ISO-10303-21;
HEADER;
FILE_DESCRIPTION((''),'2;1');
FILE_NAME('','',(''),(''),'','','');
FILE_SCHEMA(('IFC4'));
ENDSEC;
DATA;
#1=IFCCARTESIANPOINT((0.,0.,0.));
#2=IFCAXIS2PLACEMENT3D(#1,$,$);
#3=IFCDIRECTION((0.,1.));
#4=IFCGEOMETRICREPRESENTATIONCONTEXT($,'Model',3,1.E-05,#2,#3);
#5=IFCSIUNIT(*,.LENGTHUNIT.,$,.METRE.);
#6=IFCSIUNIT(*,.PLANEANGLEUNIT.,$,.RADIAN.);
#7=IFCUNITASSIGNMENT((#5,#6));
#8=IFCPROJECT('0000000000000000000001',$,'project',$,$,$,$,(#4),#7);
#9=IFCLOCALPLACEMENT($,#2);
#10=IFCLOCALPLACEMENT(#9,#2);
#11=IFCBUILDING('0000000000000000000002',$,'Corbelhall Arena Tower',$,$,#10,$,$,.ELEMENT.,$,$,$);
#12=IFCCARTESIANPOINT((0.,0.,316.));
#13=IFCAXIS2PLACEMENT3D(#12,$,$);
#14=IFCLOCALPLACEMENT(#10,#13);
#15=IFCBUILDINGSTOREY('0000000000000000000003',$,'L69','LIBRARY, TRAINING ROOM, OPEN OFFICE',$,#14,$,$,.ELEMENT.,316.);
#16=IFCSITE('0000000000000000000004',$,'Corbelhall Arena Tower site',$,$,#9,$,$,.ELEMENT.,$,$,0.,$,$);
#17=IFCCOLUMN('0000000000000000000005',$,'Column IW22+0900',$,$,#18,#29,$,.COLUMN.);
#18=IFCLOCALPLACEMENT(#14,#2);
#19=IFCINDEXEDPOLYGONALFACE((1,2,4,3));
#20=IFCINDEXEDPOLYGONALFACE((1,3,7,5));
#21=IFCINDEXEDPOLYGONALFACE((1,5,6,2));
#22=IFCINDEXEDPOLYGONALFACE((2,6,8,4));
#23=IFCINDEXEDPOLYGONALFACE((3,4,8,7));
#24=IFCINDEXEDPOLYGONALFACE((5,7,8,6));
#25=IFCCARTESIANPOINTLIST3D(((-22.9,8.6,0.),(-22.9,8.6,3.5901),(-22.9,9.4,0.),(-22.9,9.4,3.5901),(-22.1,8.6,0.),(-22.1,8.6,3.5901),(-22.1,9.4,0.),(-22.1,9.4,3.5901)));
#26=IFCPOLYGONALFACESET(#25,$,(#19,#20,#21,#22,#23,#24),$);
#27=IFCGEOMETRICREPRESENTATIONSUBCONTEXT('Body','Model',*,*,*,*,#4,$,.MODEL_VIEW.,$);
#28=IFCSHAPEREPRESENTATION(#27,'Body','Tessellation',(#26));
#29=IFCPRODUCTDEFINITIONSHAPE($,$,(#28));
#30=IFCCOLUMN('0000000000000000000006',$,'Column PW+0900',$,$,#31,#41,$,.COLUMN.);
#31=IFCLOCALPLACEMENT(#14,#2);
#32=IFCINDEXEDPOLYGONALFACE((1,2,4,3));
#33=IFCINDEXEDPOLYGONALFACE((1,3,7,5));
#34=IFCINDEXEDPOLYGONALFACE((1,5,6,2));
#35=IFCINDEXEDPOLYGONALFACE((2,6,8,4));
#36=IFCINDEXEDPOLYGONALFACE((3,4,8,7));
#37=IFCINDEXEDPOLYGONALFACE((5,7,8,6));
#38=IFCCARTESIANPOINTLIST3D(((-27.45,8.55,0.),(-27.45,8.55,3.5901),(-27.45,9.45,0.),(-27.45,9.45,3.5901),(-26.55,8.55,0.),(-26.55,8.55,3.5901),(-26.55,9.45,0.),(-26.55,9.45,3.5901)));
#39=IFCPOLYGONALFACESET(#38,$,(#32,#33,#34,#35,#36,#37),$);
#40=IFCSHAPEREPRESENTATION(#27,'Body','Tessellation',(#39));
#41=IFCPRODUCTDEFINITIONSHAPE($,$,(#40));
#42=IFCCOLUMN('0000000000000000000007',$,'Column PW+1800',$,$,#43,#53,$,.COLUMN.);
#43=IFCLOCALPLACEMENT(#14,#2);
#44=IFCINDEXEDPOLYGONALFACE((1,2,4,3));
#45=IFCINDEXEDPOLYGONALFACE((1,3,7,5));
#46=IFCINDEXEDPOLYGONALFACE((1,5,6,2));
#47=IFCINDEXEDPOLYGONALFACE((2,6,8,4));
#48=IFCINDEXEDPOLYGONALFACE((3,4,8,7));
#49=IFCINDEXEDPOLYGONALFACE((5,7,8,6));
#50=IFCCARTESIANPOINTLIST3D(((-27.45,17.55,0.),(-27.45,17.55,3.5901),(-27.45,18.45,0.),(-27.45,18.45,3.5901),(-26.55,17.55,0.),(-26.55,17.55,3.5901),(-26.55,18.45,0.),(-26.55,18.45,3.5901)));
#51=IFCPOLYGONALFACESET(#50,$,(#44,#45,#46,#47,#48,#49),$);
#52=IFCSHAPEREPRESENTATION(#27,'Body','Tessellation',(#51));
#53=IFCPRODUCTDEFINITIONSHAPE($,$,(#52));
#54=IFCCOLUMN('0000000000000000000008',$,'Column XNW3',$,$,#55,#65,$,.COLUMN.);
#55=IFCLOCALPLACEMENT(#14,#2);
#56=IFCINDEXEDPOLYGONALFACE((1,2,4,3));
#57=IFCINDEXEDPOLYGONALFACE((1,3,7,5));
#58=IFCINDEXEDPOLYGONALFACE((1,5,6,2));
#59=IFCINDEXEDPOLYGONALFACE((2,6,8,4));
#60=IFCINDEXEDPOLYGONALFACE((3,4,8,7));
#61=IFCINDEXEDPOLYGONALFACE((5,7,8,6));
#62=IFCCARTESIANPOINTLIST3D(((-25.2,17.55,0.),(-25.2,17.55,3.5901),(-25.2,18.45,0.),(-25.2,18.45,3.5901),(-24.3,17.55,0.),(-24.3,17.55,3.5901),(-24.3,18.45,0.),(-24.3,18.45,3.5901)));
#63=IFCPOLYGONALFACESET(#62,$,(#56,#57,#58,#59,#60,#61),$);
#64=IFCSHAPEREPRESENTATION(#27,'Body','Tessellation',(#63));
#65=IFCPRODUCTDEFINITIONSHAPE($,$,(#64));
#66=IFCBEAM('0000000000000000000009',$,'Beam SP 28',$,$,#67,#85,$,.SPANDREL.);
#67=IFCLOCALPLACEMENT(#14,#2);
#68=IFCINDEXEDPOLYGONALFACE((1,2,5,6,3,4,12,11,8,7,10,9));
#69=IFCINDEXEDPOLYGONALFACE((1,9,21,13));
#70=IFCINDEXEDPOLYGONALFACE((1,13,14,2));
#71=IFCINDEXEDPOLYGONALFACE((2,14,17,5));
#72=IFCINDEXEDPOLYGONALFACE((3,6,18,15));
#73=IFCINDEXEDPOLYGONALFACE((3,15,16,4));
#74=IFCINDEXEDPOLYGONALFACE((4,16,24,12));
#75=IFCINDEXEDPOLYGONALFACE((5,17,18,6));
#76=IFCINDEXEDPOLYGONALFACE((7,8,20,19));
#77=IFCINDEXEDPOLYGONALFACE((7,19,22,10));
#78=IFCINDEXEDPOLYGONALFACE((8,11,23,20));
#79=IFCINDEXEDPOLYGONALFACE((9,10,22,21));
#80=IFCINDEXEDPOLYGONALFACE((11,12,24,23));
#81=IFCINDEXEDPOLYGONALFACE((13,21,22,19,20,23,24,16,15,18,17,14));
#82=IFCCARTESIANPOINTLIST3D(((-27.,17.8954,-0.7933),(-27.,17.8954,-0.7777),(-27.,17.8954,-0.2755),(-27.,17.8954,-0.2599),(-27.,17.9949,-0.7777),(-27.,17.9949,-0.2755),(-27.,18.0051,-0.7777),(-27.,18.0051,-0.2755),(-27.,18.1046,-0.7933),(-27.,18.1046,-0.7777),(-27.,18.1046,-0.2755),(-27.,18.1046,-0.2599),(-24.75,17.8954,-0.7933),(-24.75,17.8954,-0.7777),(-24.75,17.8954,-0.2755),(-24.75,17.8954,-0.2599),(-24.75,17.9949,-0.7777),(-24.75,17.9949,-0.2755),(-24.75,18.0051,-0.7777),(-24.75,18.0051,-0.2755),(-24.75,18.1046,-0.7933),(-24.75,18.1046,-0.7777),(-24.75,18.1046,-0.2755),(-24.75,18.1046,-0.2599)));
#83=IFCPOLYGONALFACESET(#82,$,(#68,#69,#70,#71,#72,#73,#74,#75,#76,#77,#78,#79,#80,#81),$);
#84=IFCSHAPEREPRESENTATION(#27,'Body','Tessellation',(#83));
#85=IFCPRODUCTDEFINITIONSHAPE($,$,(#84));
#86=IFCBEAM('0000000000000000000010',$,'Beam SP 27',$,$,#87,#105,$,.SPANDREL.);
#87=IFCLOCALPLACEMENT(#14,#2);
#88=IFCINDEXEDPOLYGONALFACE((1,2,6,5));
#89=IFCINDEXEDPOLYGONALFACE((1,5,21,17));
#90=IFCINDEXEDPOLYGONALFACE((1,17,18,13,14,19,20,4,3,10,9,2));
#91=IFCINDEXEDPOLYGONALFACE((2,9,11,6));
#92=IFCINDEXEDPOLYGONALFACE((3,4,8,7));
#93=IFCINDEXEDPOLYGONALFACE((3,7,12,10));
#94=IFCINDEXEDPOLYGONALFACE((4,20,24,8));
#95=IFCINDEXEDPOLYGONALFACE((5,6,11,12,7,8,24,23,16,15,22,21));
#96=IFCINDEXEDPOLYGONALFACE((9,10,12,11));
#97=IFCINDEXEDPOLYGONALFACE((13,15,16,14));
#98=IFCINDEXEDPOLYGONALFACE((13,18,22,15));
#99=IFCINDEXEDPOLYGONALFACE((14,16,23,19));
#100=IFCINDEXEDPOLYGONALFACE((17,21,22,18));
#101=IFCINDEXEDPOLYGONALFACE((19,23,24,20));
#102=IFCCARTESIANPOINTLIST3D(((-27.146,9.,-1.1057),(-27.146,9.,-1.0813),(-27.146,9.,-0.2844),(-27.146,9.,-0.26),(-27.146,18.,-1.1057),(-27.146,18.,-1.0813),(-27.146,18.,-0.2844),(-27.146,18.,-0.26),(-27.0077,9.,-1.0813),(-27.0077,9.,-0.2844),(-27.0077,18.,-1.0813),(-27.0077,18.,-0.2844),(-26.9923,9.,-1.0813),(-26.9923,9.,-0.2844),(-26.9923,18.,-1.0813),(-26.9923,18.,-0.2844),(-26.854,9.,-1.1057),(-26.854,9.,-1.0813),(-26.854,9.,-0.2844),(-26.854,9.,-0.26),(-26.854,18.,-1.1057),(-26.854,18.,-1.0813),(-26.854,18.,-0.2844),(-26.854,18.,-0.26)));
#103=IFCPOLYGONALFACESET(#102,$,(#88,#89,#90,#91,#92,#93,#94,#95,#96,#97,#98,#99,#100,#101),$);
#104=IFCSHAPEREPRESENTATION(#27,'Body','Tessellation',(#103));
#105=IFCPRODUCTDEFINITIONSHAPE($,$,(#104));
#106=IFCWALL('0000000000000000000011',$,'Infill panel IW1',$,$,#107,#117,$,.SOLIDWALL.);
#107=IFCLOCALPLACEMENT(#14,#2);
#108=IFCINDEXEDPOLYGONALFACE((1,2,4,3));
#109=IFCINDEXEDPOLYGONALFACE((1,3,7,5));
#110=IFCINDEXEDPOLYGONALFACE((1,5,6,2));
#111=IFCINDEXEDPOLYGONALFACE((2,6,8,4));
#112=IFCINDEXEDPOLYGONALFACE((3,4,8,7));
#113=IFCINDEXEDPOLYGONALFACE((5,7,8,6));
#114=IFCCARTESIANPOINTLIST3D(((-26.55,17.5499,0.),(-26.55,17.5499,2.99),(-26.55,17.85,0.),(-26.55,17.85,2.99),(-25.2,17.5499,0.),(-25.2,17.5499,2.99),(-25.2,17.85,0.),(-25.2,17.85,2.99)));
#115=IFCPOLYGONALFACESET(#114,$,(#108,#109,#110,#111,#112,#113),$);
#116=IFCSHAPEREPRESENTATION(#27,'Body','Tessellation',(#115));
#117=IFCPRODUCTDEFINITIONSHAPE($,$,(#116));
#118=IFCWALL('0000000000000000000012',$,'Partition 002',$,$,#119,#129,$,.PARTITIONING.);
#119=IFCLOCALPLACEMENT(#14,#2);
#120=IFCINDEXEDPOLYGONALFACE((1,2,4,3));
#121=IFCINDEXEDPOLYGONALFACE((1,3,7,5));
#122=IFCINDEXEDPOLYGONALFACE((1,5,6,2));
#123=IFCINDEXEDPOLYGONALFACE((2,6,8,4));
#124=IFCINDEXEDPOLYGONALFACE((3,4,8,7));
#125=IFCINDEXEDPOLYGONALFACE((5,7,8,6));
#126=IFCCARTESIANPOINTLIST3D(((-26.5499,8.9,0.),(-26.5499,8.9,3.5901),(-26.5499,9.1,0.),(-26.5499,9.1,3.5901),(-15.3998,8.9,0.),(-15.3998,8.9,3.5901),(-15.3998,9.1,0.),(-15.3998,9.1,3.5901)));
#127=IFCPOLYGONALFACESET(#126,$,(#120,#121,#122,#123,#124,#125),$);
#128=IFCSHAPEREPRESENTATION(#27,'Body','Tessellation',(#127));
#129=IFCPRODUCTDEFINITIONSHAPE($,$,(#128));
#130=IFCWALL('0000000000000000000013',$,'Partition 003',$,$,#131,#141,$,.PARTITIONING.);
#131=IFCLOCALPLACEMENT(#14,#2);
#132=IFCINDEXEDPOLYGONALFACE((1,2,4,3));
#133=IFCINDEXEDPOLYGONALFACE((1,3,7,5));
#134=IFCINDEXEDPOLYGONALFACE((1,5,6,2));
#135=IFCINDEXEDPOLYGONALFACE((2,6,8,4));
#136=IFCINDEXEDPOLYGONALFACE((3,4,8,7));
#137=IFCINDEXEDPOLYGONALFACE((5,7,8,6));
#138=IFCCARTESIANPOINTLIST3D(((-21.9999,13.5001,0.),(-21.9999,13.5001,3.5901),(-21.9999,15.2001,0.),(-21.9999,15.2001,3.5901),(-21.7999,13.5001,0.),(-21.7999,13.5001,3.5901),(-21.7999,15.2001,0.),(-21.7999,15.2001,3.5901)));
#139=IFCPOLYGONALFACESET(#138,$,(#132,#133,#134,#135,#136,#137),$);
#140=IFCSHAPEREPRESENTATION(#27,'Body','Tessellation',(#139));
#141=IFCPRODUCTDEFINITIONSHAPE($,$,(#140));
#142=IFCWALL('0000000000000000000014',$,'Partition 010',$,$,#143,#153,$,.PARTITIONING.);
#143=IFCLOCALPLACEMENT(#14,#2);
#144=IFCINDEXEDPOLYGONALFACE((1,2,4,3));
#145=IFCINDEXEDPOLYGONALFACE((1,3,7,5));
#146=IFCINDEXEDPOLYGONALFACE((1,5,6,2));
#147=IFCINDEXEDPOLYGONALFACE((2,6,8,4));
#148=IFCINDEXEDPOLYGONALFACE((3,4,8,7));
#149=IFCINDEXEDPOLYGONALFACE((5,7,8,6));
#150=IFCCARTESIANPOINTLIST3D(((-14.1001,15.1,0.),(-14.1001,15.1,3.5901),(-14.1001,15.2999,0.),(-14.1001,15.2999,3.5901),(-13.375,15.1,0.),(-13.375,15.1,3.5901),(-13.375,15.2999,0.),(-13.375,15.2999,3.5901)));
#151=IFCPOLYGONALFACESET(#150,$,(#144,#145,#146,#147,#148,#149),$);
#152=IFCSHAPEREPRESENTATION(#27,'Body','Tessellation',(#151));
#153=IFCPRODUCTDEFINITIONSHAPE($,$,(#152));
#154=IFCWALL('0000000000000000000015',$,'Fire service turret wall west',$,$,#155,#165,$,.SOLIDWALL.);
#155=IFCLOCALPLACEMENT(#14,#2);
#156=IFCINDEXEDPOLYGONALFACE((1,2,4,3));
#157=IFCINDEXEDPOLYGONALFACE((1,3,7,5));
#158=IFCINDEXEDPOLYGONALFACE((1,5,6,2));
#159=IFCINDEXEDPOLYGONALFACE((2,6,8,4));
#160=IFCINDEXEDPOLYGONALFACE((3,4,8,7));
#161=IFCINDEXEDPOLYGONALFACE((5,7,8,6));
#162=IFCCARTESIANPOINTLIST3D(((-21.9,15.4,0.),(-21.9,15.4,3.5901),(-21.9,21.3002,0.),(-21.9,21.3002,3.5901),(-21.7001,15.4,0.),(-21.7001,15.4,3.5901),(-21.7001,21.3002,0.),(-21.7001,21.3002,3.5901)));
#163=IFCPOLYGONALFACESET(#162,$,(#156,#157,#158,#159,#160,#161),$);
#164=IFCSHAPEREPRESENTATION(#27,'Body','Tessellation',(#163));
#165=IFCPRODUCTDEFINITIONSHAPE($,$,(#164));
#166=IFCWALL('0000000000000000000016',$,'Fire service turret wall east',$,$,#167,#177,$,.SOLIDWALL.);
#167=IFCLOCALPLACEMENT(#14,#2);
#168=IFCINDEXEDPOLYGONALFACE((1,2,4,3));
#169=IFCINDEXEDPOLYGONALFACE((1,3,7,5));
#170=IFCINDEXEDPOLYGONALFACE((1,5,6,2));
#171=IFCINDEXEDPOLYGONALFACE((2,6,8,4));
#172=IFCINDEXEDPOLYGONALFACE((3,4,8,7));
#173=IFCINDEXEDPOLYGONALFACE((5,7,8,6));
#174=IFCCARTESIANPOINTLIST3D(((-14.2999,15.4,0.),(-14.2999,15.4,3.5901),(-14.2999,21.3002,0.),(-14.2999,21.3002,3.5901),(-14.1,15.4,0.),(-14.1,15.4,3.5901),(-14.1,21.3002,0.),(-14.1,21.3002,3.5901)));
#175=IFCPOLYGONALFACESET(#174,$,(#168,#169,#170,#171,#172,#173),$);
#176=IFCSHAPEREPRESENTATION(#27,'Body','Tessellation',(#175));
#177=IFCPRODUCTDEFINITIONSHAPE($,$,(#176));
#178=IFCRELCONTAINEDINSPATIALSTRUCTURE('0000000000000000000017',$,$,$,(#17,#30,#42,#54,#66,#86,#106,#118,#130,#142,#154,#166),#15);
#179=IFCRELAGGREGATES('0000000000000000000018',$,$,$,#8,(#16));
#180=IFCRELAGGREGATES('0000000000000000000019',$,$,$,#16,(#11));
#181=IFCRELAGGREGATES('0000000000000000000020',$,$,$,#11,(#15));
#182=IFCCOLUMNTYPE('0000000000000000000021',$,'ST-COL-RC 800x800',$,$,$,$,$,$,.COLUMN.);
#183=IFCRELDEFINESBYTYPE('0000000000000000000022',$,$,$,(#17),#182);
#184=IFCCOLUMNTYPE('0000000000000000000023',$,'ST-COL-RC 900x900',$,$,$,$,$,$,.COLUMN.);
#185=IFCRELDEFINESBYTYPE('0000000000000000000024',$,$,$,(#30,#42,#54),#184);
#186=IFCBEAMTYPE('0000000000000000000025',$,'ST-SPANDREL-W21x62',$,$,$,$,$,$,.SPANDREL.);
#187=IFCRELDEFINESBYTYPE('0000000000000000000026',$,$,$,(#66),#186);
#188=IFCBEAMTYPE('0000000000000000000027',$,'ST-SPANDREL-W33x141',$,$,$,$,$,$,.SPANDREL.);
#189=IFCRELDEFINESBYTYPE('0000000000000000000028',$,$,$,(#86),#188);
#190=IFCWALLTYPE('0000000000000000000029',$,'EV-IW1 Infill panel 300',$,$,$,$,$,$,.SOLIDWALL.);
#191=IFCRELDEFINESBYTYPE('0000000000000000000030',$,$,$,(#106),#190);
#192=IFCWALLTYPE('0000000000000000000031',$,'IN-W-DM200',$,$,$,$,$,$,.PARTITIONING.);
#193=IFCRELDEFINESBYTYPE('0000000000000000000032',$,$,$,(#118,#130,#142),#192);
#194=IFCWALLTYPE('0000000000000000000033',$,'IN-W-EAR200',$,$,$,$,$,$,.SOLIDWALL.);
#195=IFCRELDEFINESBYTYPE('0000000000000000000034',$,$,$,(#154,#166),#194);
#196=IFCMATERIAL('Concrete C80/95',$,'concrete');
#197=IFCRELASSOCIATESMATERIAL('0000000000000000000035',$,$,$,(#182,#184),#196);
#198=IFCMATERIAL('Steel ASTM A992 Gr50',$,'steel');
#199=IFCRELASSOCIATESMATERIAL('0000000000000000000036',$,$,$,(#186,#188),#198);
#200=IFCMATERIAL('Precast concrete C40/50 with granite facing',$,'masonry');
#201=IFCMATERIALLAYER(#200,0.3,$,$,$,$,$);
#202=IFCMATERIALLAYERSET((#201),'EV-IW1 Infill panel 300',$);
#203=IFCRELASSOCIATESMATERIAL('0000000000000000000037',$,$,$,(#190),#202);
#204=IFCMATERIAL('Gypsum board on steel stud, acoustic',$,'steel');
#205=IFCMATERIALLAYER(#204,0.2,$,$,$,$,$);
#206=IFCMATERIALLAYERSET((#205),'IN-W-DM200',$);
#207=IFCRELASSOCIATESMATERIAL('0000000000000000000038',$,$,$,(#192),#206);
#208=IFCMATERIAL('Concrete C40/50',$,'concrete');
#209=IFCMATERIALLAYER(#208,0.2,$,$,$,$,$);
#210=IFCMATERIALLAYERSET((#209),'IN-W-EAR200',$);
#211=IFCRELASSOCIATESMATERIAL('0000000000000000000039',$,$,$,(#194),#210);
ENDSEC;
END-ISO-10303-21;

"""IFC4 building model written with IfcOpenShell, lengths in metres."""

from ifc_helpers import new_model, si_unit, direction, frame, frame_2d, origin, origin_2d, place, context, subcontext, project, spatial, rectangle, i_section, extrude, material, layer, layer_set, material_profile, profile_set, type_object, element, save


model = new_model("IFC4")

# Units and contexts
model_context = context("Model", 3, precision=1e-05, world=origin(), true_north=direction((0.0, 1.0)))
body_context = subcontext(model_context, "Body", "Model", "MODEL_VIEW")
ifc_project = project(units=[si_unit("LENGTHUNIT", "METRE"), si_unit("PLANEANGLEUNIT", "RADIAN")], contexts=[model_context])

# Site, building, storey
site_placement = place(None, origin())
site = spatial("IfcSite", under=ifc_project, at=site_placement, Name="Corbelhall Arena Tower site", CompositionType="ELEMENT", RefElevation=0.0)
building_placement = place(site_placement, origin())
building = spatial("IfcBuilding", under=site, at=building_placement, Name="Corbelhall Arena Tower", CompositionType="ELEMENT")
storey_placement = place(building_placement, frame((0.0, 0.0, 316.0)))
storey = spatial("IfcBuildingStorey", under=building, at=storey_placement, Name="L69", Description="LIBRARY, TRAINING ROOM, OPEN OFFICE", CompositionType="ELEMENT", Elevation=316.0)

# Columns
ifc_material_1 = material(Name="Concrete C80/95", Category="concrete")
ifc_material_profile_1 = material_profile(ifc_material_1, rectangle(XDim=0.8, YDim=0.8, at=origin_2d()))
ifc_profile_set_1 = profile_set([ifc_material_profile_1], Name="Concrete C80/95")
column_type_1 = type_object("IfcColumnType", Name="ST-COL-RC 800x800", PredefinedType="COLUMN", material=ifc_profile_set_1)
column_placement = place(storey_placement, frame((-22.5, 9.0, 0.0), z_axis=(0.0, 0.0, 1.0), x_axis=(1.0, 0.0, 0.0)))
element("IfcColumn", 1, at=column_placement, inside=storey, type_object=column_type_1, Name="Column IW22+0900", PredefinedType="COLUMN", context=body_context, shape_type="SweptSolid", body=[
    extrude(rectangle(XDim=0.8, YDim=0.8, at=origin_2d()), origin(), (0.0, 0.0, 1.0), 3.5901),
])
ifc_material_profile_2 = material_profile(ifc_material_1, rectangle(XDim=0.8999, YDim=0.8999, at=origin_2d()))
ifc_profile_set_2 = profile_set([ifc_material_profile_2], Name="Concrete C80/95")
column_type_2 = type_object("IfcColumnType", Name="ST-COL-RC 900x900", PredefinedType="COLUMN", material=ifc_profile_set_2)
for number, where, z_axis, x_axis, name in (
    (2, (-27.0, 9.0, 0.0), (0.0, 0.0, 1.0), (0.0, 1.0, 0.0), "Column PW+0900"),
    (3, (-27.0, 18.0, 0.0), (0.0, 0.0, 1.0), (0.0, 1.0, 0.0), "Column PW+1800"),
    (4, (-24.75, 18.0, 0.0), (0.0, 0.0, 1.0), (1.0, 0.0, 0.0), "Column XNW3"),
):
    element("IfcColumn", number, at=place(storey_placement, frame(where, z_axis=z_axis, x_axis=x_axis)), inside=storey, type_object=column_type_2, Name=name, PredefinedType="COLUMN", context=body_context, shape_type="SweptSolid", body=[
        extrude(rectangle(XDim=0.8999, YDim=0.8999, at=origin_2d()), origin(), (0.0, 0.0, 1.0), 3.5901),
    ])

# Beams
ifc_material_2 = material(Name="Steel ASTM A992 Gr50", Category="steel")
ifc_material_profile_3 = material_profile(ifc_material_2, i_section(OverallWidth=0.2092, OverallDepth=0.5334, WebThickness=0.0103, FlangeThickness=0.0156, at=origin_2d()))
ifc_profile_set_3 = profile_set([ifc_material_profile_3], Name="Steel ASTM A992 Gr50")
beam_type_1 = type_object("IfcBeamType", Name="ST-SPANDREL-W21x62", PredefinedType="SPANDREL", material=ifc_profile_set_3)
beam_1_placement = place(storey_placement, frame((-27.0, 18.0, -0.5266), z_axis=(1.0, 0.0, 0.0), x_axis=(0.0, 1.0, 0.0)))
element("IfcBeam", 5, at=beam_1_placement, inside=storey, type_object=beam_type_1, Name="Beam SP 28", PredefinedType="SPANDREL", context=body_context, shape_type="SweptSolid", body=[
    extrude(i_section(OverallWidth=0.2092, OverallDepth=0.5334, WebThickness=0.0103, FlangeThickness=0.0156, at=origin_2d()), origin(), (0.0, 0.0, 1.0), 2.25),
])
ifc_material_profile_4 = material_profile(ifc_material_2, i_section(OverallWidth=0.292, OverallDepth=0.8457, WebThickness=0.0154, FlangeThickness=0.0244, at=origin_2d()))
ifc_profile_set_4 = profile_set([ifc_material_profile_4], Name="Steel ASTM A992 Gr50")
beam_type_2 = type_object("IfcBeamType", Name="ST-SPANDREL-W33x141", PredefinedType="SPANDREL", material=ifc_profile_set_4)
beam_2_placement = place(storey_placement, frame((-27.0, 9.0, -0.6829), z_axis=(0.0, 1.0, 0.0), x_axis=(-1.0, 0.0, 0.0)))
element("IfcBeam", 6, at=beam_2_placement, inside=storey, type_object=beam_type_2, Name="Beam SP 27", PredefinedType="SPANDREL", context=body_context, shape_type="SweptSolid", body=[
    extrude(i_section(OverallWidth=0.292, OverallDepth=0.8457, WebThickness=0.0154, FlangeThickness=0.0244, at=origin_2d()), origin(), (0.0, 0.0, 1.0), 9.0),
])

# Wall
ifc_material_3 = material(Name="Precast concrete C40/50 with granite facing", Category="masonry")
ifc_layer_1 = layer(ifc_material_3, 0.3)
ifc_layer_set_1 = layer_set([ifc_layer_1], Name="EV-IW1 Infill panel 300")
wall_type_1 = type_object("IfcWallType", Name="EV-IW1 Infill panel 300", PredefinedType="SOLIDWALL", material=ifc_layer_set_1)
wall_1_placement = place(storey_placement, frame((-25.2, 17.7, 0.0), z_axis=(0.0, 0.0, 1.0), x_axis=(-1.0, 0.0, 0.0)))
element("IfcWall", 7, at=wall_1_placement, inside=storey, type_object=wall_type_1, Name="Infill panel IW1", PredefinedType="SOLIDWALL", context=body_context, shape_type="SweptSolid", body=[
    extrude(rectangle(XDim=1.3501, YDim=0.3, at=frame_2d((0.675, 0.0))), origin(), (0.0, 0.0, 1.0), 2.99),
])

# Walls
ifc_material_4 = material(Name="Gypsum board on steel stud, acoustic", Category="steel")
ifc_layer_2 = layer(ifc_material_4, 0.2)
ifc_layer_set_2 = layer_set([ifc_layer_2], Name="IN-W-DM200")
wall_type_2 = type_object("IfcWallType", Name="IN-W-DM200", PredefinedType="PARTITIONING", material=ifc_layer_set_2)
wall_2_placement = place(storey_placement, frame((-26.55, 9.0, 0.0), z_axis=(0.0, 0.0, 1.0), x_axis=(1.0, 0.0, 0.0)))
element("IfcWall", 8, at=wall_2_placement, inside=storey, type_object=wall_type_2, Name="Partition 002", PredefinedType="PARTITIONING", context=body_context, shape_type="SweptSolid", body=[
    extrude(rectangle(XDim=11.1501, YDim=0.2, at=frame_2d((5.5752, 0.0))), origin(), (0.0, 0.0, 1.0), 3.5901),
])
wall_3_placement = place(storey_placement, frame((-21.8999, 13.5, 0.0), z_axis=(0.0, 0.0, 1.0), x_axis=(0.0, 1.0, 0.0)))
element("IfcWall", 9, at=wall_3_placement, inside=storey, type_object=wall_type_2, Name="Partition 003", PredefinedType="PARTITIONING", context=body_context, shape_type="SweptSolid", body=[
    extrude(rectangle(XDim=1.7, YDim=0.2, at=frame_2d((0.8501, 0.0))), origin(), (0.0, 0.0, 1.0), 3.5901),
])

# Wall
wall_4_placement = place(storey_placement, frame((-14.1001, 15.2, 0.0), z_axis=(0.0, 0.0, 1.0), x_axis=(1.0, 0.0, 0.0)))
element("IfcWall", 10, at=wall_4_placement, inside=storey, type_object=wall_type_2, Name="Partition 010", PredefinedType="PARTITIONING", context=body_context, shape_type="SweptSolid", body=[
    extrude(rectangle(XDim=0.7251, YDim=0.2, at=frame_2d((0.3625, 0.0))), origin(), (0.0, 0.0, 1.0), 3.5901),
])

# Shared definitions
ifc_material_5 = material(Name="Concrete C40/50", Category="concrete")
ifc_layer_3 = layer(ifc_material_5, 0.2)
ifc_layer_set_3 = layer_set([ifc_layer_3], Name="IN-W-EAR200")
wall_type_3 = type_object("IfcWallType", Name="IN-W-EAR200", PredefinedType="SOLIDWALL", material=ifc_layer_set_3)

# Walls
for number, where, z_axis, x_axis, name in (
    (11, (-21.8, 15.3999, 0.0), (0.0, 0.0, 1.0), (0.0, 1.0, 0.0), "Fire service turret wall west"),
    (12, (-14.2, 15.3999, 0.0), (0.0, 0.0, 1.0), (0.0, 1.0, 0.0), "Fire service turret wall east"),
):
    element("IfcWall", number, at=place(storey_placement, frame(where, z_axis=z_axis, x_axis=x_axis)), inside=storey, type_object=wall_type_3, Name=name, PredefinedType="SOLIDWALL", context=body_context, shape_type="SweptSolid", body=[
        extrude(rectangle(XDim=5.9001, YDim=0.2, at=frame_2d((2.9502, 0.0))), origin(), (0.0, 0.0, 1.0), 3.5901),
    ])

save(model, "model.ifc")
